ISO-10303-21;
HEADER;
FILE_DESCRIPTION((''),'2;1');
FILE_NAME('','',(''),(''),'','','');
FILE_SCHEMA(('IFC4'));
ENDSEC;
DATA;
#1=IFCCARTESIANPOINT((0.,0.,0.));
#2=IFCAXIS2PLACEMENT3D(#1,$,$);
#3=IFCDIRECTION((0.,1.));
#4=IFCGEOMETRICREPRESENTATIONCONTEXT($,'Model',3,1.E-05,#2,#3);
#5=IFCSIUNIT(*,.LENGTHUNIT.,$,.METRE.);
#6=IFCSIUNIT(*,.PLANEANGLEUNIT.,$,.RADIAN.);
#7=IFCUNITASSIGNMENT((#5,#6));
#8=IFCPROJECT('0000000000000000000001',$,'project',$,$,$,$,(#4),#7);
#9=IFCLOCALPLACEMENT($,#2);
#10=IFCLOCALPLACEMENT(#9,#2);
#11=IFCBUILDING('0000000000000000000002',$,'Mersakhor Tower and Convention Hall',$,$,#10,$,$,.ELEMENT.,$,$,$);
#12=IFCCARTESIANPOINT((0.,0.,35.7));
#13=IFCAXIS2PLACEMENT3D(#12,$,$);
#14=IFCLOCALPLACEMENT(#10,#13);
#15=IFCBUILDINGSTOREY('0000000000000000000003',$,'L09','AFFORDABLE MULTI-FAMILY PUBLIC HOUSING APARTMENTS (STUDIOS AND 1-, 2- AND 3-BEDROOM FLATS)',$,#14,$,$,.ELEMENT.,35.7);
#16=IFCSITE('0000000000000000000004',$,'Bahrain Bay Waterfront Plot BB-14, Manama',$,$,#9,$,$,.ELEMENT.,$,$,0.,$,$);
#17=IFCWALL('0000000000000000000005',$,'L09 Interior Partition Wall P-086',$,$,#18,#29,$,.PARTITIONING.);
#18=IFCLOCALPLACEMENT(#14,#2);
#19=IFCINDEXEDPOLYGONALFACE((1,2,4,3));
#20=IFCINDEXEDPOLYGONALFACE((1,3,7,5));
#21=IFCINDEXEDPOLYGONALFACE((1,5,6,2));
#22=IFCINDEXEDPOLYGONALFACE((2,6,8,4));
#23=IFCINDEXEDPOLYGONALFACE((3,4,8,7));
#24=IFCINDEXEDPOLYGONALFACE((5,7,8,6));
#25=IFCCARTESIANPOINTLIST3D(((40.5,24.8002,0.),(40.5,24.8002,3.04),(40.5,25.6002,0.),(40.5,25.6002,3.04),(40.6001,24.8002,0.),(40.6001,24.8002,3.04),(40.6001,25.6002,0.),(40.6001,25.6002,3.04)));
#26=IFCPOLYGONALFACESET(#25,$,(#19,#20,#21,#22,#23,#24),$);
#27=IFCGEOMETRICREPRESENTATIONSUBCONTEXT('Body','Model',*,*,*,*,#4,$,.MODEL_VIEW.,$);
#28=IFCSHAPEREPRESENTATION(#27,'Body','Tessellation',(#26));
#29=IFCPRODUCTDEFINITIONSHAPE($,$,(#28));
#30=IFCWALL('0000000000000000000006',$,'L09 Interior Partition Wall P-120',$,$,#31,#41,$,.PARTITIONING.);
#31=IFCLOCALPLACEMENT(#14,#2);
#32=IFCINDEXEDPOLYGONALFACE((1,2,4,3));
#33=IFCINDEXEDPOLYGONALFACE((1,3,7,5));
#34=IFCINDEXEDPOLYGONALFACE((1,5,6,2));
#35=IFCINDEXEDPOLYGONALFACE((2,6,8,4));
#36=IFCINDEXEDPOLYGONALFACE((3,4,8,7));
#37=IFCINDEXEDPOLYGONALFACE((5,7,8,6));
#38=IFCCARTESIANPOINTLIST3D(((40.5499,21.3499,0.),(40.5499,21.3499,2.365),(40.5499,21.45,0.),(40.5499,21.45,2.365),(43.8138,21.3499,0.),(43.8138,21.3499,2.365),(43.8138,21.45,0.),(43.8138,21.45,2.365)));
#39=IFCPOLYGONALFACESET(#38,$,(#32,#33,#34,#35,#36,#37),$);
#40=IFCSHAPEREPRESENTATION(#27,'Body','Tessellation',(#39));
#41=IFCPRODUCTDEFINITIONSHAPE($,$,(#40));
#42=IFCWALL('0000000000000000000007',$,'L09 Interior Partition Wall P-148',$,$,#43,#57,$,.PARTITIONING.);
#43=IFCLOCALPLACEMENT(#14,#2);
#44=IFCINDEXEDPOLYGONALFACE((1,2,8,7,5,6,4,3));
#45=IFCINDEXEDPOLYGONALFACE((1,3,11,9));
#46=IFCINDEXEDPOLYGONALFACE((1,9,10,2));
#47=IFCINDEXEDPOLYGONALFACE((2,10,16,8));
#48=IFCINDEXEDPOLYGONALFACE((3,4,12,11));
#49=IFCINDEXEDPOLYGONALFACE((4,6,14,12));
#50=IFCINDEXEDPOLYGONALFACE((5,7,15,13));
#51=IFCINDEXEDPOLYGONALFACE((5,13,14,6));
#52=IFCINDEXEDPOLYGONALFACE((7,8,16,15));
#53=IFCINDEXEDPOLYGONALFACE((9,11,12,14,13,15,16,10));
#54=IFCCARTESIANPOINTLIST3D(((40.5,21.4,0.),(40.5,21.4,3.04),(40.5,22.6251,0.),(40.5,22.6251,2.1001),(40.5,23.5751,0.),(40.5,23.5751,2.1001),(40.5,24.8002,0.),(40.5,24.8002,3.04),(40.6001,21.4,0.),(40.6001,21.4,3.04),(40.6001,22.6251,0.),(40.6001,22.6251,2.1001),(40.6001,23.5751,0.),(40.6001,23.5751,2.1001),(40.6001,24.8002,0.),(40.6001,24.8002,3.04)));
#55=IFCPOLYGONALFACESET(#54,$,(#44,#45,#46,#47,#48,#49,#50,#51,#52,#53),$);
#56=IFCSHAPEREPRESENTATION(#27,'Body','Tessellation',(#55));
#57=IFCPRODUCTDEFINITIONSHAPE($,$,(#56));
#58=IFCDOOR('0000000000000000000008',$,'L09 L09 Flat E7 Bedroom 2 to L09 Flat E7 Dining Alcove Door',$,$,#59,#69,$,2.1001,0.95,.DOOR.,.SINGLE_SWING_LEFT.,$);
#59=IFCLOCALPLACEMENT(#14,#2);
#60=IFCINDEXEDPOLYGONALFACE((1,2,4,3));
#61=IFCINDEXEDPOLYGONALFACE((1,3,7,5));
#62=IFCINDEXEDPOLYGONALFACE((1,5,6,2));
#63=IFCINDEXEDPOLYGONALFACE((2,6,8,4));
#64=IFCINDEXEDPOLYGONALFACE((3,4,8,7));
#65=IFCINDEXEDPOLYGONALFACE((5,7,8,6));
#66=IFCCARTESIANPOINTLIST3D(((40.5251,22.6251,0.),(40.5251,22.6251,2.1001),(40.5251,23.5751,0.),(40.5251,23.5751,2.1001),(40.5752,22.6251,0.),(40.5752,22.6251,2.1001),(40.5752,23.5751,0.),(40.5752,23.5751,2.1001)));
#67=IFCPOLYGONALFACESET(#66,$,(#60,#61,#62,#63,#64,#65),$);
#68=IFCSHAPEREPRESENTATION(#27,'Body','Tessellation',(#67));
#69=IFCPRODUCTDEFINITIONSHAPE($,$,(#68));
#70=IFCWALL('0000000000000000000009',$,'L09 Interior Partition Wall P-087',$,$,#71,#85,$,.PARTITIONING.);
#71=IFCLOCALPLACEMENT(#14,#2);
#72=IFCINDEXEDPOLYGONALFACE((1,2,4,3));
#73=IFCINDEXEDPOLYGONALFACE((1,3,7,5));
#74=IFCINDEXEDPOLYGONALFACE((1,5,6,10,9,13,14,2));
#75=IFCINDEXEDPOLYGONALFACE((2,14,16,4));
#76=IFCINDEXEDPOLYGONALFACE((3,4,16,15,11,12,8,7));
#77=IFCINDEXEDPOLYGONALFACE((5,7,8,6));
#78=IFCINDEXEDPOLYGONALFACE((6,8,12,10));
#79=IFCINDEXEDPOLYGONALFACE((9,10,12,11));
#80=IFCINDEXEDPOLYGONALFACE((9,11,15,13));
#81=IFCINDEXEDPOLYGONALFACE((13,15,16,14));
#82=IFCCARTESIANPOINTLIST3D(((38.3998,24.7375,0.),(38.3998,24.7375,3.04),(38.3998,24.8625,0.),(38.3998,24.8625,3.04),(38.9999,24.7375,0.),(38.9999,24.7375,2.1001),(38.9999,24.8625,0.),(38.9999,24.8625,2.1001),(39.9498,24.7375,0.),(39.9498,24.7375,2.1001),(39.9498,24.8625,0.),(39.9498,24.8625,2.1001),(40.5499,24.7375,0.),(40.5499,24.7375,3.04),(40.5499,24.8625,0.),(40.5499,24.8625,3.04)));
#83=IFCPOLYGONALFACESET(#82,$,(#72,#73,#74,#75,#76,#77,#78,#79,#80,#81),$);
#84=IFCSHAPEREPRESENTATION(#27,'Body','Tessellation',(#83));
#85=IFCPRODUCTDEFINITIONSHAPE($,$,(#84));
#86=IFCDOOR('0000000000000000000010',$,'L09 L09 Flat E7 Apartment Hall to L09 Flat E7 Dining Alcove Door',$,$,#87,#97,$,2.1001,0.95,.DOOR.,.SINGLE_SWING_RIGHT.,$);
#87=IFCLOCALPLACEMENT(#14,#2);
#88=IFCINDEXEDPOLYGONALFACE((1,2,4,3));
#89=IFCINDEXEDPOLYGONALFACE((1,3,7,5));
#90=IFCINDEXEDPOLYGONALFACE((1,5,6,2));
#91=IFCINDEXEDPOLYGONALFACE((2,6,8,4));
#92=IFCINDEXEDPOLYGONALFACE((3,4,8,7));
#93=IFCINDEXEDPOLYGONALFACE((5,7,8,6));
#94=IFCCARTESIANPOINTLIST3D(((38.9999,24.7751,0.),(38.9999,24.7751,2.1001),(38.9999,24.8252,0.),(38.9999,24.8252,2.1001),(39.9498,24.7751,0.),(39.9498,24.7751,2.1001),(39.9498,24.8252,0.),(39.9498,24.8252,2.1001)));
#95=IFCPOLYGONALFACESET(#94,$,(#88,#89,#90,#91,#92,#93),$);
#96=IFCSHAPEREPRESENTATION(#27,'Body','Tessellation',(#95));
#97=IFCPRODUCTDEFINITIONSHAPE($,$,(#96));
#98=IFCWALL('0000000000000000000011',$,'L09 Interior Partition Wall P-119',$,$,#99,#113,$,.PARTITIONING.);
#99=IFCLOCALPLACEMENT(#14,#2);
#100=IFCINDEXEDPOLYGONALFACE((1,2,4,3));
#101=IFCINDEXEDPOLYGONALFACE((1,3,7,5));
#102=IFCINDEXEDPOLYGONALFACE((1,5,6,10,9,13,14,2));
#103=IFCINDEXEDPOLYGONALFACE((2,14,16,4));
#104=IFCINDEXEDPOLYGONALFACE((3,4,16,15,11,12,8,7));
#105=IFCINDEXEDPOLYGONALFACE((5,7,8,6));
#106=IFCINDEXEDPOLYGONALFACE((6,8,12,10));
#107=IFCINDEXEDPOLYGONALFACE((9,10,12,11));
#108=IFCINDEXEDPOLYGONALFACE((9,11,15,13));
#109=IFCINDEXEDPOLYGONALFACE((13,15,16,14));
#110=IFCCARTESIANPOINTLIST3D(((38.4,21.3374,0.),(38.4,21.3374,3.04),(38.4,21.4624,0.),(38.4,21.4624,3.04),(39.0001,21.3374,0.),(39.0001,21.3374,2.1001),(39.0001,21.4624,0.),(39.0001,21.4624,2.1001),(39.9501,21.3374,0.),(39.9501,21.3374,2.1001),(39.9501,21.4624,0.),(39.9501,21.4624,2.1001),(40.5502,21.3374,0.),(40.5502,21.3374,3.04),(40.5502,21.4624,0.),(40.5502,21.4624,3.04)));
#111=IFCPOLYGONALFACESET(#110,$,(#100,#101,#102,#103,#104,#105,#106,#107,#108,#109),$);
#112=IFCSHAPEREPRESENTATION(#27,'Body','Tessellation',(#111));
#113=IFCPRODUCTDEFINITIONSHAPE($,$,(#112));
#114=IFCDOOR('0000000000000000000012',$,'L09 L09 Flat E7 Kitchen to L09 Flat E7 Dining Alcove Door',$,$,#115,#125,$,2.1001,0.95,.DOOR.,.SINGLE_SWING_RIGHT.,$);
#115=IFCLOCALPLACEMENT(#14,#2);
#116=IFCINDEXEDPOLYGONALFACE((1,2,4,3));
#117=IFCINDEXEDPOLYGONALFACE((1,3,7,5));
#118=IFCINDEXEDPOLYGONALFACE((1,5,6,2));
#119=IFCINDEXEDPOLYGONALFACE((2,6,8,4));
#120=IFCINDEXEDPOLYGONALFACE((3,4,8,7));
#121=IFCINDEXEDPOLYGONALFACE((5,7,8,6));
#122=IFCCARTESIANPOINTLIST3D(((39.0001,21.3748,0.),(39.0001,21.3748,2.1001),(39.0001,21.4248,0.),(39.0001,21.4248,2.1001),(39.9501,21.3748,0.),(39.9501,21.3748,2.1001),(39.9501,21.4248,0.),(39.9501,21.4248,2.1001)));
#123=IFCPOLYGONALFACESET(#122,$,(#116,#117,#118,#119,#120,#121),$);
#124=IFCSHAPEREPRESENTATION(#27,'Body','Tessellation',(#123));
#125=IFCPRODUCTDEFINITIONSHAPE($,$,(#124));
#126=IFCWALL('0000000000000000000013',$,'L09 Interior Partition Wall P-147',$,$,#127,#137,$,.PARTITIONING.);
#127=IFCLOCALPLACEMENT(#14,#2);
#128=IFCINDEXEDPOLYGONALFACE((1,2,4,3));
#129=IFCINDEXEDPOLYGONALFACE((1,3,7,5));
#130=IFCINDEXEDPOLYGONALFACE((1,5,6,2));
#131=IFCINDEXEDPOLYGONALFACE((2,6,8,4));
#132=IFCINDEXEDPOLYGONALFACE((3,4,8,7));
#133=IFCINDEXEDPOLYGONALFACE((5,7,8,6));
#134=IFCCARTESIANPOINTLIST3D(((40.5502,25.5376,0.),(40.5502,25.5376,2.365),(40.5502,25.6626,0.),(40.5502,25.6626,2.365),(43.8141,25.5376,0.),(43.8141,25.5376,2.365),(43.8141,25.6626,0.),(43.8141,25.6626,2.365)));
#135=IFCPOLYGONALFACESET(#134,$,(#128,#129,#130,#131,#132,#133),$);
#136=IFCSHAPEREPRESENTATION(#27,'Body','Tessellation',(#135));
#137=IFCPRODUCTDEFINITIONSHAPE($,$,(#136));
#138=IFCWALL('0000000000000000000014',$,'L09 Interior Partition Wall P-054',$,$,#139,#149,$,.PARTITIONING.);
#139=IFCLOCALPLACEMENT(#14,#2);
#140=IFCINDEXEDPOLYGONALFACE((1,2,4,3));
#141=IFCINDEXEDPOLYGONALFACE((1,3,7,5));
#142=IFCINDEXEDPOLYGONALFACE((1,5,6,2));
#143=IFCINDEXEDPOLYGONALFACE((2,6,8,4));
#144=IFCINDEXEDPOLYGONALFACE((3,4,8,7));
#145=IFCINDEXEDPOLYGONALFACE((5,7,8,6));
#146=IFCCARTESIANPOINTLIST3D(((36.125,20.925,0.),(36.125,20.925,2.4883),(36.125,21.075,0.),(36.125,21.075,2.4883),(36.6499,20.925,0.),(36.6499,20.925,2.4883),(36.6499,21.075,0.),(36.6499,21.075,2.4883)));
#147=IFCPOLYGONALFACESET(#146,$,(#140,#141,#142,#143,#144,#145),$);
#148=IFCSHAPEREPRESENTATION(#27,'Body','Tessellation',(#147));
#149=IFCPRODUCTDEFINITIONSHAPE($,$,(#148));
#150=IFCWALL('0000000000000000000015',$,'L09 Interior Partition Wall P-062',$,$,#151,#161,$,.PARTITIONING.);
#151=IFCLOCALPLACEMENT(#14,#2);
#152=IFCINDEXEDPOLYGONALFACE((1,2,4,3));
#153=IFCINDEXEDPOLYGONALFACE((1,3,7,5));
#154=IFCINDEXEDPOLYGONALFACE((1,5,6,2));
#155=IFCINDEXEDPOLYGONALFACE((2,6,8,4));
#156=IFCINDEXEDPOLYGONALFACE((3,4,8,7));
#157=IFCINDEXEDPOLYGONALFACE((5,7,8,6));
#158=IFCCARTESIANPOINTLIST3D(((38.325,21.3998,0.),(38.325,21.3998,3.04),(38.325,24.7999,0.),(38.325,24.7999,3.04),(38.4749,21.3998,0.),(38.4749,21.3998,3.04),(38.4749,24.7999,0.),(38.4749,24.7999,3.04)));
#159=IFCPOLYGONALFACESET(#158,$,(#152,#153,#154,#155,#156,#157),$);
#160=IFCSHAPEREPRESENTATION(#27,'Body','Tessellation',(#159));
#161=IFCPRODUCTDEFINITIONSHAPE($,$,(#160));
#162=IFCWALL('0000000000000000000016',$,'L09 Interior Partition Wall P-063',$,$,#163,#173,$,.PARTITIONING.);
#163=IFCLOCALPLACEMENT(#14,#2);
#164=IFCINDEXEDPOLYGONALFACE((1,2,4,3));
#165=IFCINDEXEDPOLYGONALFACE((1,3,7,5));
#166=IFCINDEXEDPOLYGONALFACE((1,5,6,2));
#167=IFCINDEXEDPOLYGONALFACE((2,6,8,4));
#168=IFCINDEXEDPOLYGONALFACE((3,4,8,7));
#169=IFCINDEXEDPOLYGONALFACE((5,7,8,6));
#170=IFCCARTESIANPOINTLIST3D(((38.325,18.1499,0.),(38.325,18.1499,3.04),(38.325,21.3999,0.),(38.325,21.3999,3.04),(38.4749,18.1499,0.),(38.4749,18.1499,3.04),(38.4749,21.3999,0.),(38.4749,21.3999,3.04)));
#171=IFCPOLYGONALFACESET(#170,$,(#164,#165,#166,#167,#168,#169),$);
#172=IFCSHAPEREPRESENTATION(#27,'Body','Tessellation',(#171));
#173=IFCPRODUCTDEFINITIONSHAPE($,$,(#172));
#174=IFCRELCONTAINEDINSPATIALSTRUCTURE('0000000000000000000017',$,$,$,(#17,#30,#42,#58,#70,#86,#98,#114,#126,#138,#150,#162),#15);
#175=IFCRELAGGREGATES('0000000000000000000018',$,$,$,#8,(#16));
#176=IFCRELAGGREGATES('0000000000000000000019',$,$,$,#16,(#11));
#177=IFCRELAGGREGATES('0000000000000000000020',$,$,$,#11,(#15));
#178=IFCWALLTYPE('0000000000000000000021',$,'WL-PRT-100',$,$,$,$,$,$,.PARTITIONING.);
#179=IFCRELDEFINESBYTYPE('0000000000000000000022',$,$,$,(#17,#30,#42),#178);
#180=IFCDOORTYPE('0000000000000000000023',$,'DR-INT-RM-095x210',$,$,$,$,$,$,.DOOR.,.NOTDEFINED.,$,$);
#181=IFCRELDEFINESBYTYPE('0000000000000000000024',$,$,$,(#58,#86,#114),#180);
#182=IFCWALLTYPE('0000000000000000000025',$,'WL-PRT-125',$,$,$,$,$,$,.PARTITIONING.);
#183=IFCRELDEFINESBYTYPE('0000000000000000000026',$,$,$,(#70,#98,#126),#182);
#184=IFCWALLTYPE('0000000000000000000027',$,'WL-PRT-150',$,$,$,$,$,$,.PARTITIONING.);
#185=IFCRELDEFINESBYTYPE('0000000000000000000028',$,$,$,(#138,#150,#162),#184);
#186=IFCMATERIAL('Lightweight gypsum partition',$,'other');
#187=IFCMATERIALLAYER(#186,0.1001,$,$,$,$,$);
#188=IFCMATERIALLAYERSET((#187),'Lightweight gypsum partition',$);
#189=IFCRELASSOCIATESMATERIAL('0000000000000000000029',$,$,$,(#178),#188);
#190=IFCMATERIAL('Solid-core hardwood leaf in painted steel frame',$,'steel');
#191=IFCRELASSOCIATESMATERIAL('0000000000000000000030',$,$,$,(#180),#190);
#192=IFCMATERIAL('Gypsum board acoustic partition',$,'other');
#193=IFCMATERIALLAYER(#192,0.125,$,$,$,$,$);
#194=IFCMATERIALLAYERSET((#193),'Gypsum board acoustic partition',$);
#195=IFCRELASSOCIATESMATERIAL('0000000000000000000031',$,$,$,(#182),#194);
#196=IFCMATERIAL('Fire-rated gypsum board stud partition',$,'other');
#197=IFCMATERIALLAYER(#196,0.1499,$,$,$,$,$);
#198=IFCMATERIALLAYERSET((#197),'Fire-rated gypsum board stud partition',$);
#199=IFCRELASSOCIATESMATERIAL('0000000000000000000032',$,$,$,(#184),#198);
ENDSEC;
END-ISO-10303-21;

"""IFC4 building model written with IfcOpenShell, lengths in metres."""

from ifc_helpers import new_model, si_unit, direction, frame, frame_2d, origin, place, context, subcontext, project, spatial, rectangle, extrude, material, layer, layer_set, type_object, element, fill, save


model = new_model("IFC4")

# Units and contexts
model_context = context("Model", 3, precision=1e-05, world=origin(), true_north=direction((0.0, 1.0)))
body_context = subcontext(model_context, "Body", "Model", "MODEL_VIEW")
ifc_project = project(units=[si_unit("LENGTHUNIT", "METRE"), si_unit("PLANEANGLEUNIT", "RADIAN")], contexts=[model_context])

# Site, building, storey
site_placement = place(None, origin())
site = spatial("IfcSite", under=ifc_project, at=site_placement, Name="Bahrain Bay Waterfront Plot BB-14, Manama", CompositionType="ELEMENT", RefElevation=0.0)
building_placement = place(site_placement, origin())
building = spatial("IfcBuilding", under=site, at=building_placement, Name="Mersakhor Tower and Convention Hall", CompositionType="ELEMENT")
storey_placement = place(building_placement, frame((0.0, 0.0, 35.7)))
storey = spatial("IfcBuildingStorey", under=building, at=storey_placement, Name="L09", Description="AFFORDABLE MULTI-FAMILY PUBLIC HOUSING APARTMENTS (STUDIOS AND 1-, 2- AND 3-BEDROOM FLATS)", CompositionType="ELEMENT", Elevation=35.7)

# Walls
ifc_material_1 = material(Name="Lightweight gypsum partition", Category="other")
ifc_layer_1 = layer(ifc_material_1, 0.1001)
ifc_layer_set_1 = layer_set([ifc_layer_1], Name="Lightweight gypsum partition")
wall_type_1 = type_object("IfcWallType", Name="WL-PRT-100", PredefinedType="PARTITIONING", material=ifc_layer_set_1)
wall_1_placement = place(storey_placement, frame((40.55, 25.6001, 0.0), z_axis=(0.0, 0.0, 1.0), x_axis=(0.0, -1.0, 0.0)))
element("IfcWall", 1, at=wall_1_placement, inside=storey, type_object=wall_type_1, Name="L09 Interior Partition Wall P-086", PredefinedType="PARTITIONING", context=body_context, shape_type="SweptSolid", body=[
    extrude(rectangle(XDim=0.8, YDim=0.1001, at=frame_2d((0.3999, 0.0))), origin(), (0.0, 0.0, 1.0), 3.04),
])
wall_2_placement = place(storey_placement, frame((40.55, 21.3999, 0.0), z_axis=(0.0, 0.0, 1.0), x_axis=(1.0, 0.0, 0.0)))
element("IfcWall", 2, at=wall_2_placement, inside=storey, type_object=wall_type_1, Name="L09 Interior Partition Wall P-120", PredefinedType="PARTITIONING", context=body_context, shape_type="SweptSolid", body=[
    extrude(rectangle(XDim=3.2639, YDim=0.1001, at=frame_2d((1.6318, 0.0))), origin(), (0.0, 0.0, 1.0), 2.365),
])

# Walls, openings, doors
wall_3_placement = place(storey_placement, frame((40.55, 21.3999, 0.0), z_axis=(0.0, 0.0, 1.0), x_axis=(0.0, 1.0, 0.0)))
wall_3 = element("IfcWall", 3, at=wall_3_placement, inside=storey, type_object=wall_type_1, Name="L09 Interior Partition Wall P-148", PredefinedType="PARTITIONING", context=body_context, shape_type="SweptSolid", body=[
    extrude(rectangle(XDim=3.4001, YDim=0.1001, at=frame_2d((1.7002, 0.0))), origin(), (0.0, 0.0, 1.0), 3.04),
])
opening_1_placement = place(wall_3_placement, frame((1.2251, 0.0, 0.0)))
opening_1 = element("IfcOpeningElement", 4, at=opening_1_placement, cuts=wall_3, PredefinedType="OPENING", context=body_context, shape_type="SweptSolid", body=[
    extrude(rectangle(XDim=0.95, YDim=2.1001, at=frame_2d((0.4751, 1.05))), frame((0.0, 0.0601, 0.0), z_axis=(0.0, -1.0, 0.0), x_axis=(1.0, 0.0, 0.0)), (0.0, 0.0, 1.0), 0.1201),
])
ifc_material_2 = material(Name="Solid-core hardwood leaf in painted steel frame", Category="steel")
door_type = type_object("IfcDoorType", Name="DR-INT-RM-095x210", OperationType="NOTDEFINED", PredefinedType="DOOR", material=ifc_material_2)
door_1_placement = place(opening_1_placement, origin())
door_1 = element("IfcDoor", 5, at=door_1_placement, inside=storey, type_object=door_type, Name="L09 L09 Flat E7 Bedroom 2 to L09 Flat E7 Dining Alcove Door", OperationType="SINGLE_SWING_LEFT", OverallHeight=2.1001, OverallWidth=0.95, PredefinedType="DOOR", context=body_context, shape_type="SweptSolid", body=[
    extrude(rectangle(XDim=0.95, YDim=2.1001, at=frame_2d((0.4751, 1.05))), frame((0.0, 0.0249, 0.0), z_axis=(0.0, -1.0, 0.0), x_axis=(1.0, 0.0, 0.0)), (0.0, 0.0, 1.0), 0.05),
])
fill(opening_1, door_1)
ifc_material_3 = material(Name="Gypsum board acoustic partition", Category="other")
ifc_layer_2 = layer(ifc_material_3, 0.125)
ifc_layer_set_2 = layer_set([ifc_layer_2], Name="Gypsum board acoustic partition")
wall_type_2 = type_object("IfcWallType", Name="WL-PRT-125", PredefinedType="PARTITIONING", material=ifc_layer_set_2)
wall_4_placement = place(storey_placement, frame((40.55, 24.8, 0.0), z_axis=(0.0, 0.0, 1.0), x_axis=(-1.0, 0.0, 0.0)))
wall_4 = element("IfcWall", 6, at=wall_4_placement, inside=storey, type_object=wall_type_2, Name="L09 Interior Partition Wall P-087", PredefinedType="PARTITIONING", context=body_context, shape_type="SweptSolid", body=[
    extrude(rectangle(XDim=2.1501, YDim=0.125, at=frame_2d((1.0752, 0.0))), origin(), (0.0, 0.0, 1.0), 3.04),
])
opening_2_placement = place(wall_4_placement, frame((0.6001, 0.0, 0.0)))
opening_2 = element("IfcOpeningElement", 7, at=opening_2_placement, cuts=wall_4, PredefinedType="OPENING", context=body_context, shape_type="SweptSolid", body=[
    extrude(rectangle(XDim=0.95, YDim=2.1001, at=frame_2d((0.4751, 1.05))), frame((0.0, 0.0725, 0.0), z_axis=(0.0, -1.0, 0.0), x_axis=(1.0, 0.0, 0.0)), (0.0, 0.0, 1.0), 0.145),
])
door_2_placement = place(opening_2_placement, origin())
door_2 = element("IfcDoor", 8, at=door_2_placement, inside=storey, type_object=door_type, Name="L09 L09 Flat E7 Apartment Hall to L09 Flat E7 Dining Alcove Door", OperationType="SINGLE_SWING_RIGHT", OverallHeight=2.1001, OverallWidth=0.95, PredefinedType="DOOR", context=body_context, shape_type="SweptSolid", body=[
    extrude(rectangle(XDim=0.95, YDim=2.1001, at=frame_2d((0.4751, 1.05))), frame((0.0, 0.0249, 0.0), z_axis=(0.0, -1.0, 0.0), x_axis=(1.0, 0.0, 0.0)), (0.0, 0.0, 1.0), 0.05),
])
fill(opening_2, door_2)
wall_5_placement = place(storey_placement, frame((38.3999, 21.3999, 0.0), z_axis=(0.0, 0.0, 1.0), x_axis=(1.0, 0.0, 0.0)))
wall_5 = element("IfcWall", 9, at=wall_5_placement, inside=storey, type_object=wall_type_2, Name="L09 Interior Partition Wall P-119", PredefinedType="PARTITIONING", context=body_context, shape_type="SweptSolid", body=[
    extrude(rectangle(XDim=2.1501, YDim=0.125, at=frame_2d((1.0752, 0.0))), origin(), (0.0, 0.0, 1.0), 3.04),
])
opening_3_placement = place(wall_5_placement, frame((0.6001, 0.0, 0.0)))
opening_3 = element("IfcOpeningElement", 10, at=opening_3_placement, cuts=wall_5, PredefinedType="OPENING", context=body_context, shape_type="SweptSolid", body=[
    extrude(rectangle(XDim=0.95, YDim=2.1001, at=frame_2d((0.4751, 1.05))), frame((0.0, 0.0725, 0.0), z_axis=(0.0, -1.0, 0.0), x_axis=(1.0, 0.0, 0.0)), (0.0, 0.0, 1.0), 0.145),
])
door_3_placement = place(opening_3_placement, origin())
door_3 = element("IfcDoor", 11, at=door_3_placement, inside=storey, type_object=door_type, Name="L09 L09 Flat E7 Kitchen to L09 Flat E7 Dining Alcove Door", OperationType="SINGLE_SWING_RIGHT", OverallHeight=2.1001, OverallWidth=0.95, PredefinedType="DOOR", context=body_context, shape_type="SweptSolid", body=[
    extrude(rectangle(XDim=0.95, YDim=2.1001, at=frame_2d((0.4751, 1.05))), frame((0.0, 0.0249, 0.0), z_axis=(0.0, -1.0, 0.0), x_axis=(1.0, 0.0, 0.0)), (0.0, 0.0, 1.0), 0.05),
])
fill(opening_3, door_3)

# Walls
wall_6_placement = place(storey_placement, frame((43.814, 25.6001, 0.0), z_axis=(0.0, 0.0, 1.0), x_axis=(-1.0, 0.0, 0.0)))
element("IfcWall", 12, at=wall_6_placement, inside=storey, type_object=wall_type_2, Name="L09 Interior Partition Wall P-147", PredefinedType="PARTITIONING", context=body_context, shape_type="SweptSolid", body=[
    extrude(rectangle(XDim=3.2639, YDim=0.125, at=frame_2d((1.6318, 0.0))), origin(), (0.0, 0.0, 1.0), 2.365),
])
ifc_material_4 = material(Name="Fire-rated gypsum board stud partition", Category="other")
ifc_layer_3 = layer(ifc_material_4, 0.1499)
ifc_layer_set_3 = layer_set([ifc_layer_3], Name="Fire-rated gypsum board stud partition")
wall_type_3 = type_object("IfcWallType", Name="WL-PRT-150", PredefinedType="PARTITIONING", material=ifc_layer_set_3)
wall_7_placement = place(storey_placement, frame((36.6499, 21.0, 0.0), z_axis=(0.0, 0.0, 1.0), x_axis=(-1.0, 0.0, 0.0)))
element("IfcWall", 13, at=wall_7_placement, inside=storey, type_object=wall_type_3, Name="L09 Interior Partition Wall P-054", PredefinedType="PARTITIONING", context=body_context, shape_type="SweptSolid", body=[
    extrude(rectangle(XDim=0.5249, YDim=0.1499, at=frame_2d((0.2625, 0.0))), origin(), (0.0, 0.0, 1.0), 2.4883),
])
wall_8_placement = place(storey_placement, frame((38.3999, 24.8, 0.0), z_axis=(0.0, 0.0, 1.0), x_axis=(0.0, -1.0, 0.0)))
element("IfcWall", 14, at=wall_8_placement, inside=storey, type_object=wall_type_3, Name="L09 Interior Partition Wall P-062", PredefinedType="PARTITIONING", context=body_context, shape_type="SweptSolid", body=[
    extrude(rectangle(XDim=3.4001, YDim=0.1499, at=frame_2d((1.7002, 0.0))), origin(), (0.0, 0.0, 1.0), 3.04),
])
wall_9_placement = place(storey_placement, frame((38.3999, 21.3999, 0.0), z_axis=(0.0, 0.0, 1.0), x_axis=(0.0, -1.0, 0.0)))
element("IfcWall", 15, at=wall_9_placement, inside=storey, type_object=wall_type_3, Name="L09 Interior Partition Wall P-063", PredefinedType="PARTITIONING", context=body_context, shape_type="SweptSolid", body=[
    extrude(rectangle(XDim=3.25, YDim=0.1499, at=frame_2d((1.625, 0.0))), origin(), (0.0, 0.0, 1.0), 3.04),
])

save(model, "model.ifc")
